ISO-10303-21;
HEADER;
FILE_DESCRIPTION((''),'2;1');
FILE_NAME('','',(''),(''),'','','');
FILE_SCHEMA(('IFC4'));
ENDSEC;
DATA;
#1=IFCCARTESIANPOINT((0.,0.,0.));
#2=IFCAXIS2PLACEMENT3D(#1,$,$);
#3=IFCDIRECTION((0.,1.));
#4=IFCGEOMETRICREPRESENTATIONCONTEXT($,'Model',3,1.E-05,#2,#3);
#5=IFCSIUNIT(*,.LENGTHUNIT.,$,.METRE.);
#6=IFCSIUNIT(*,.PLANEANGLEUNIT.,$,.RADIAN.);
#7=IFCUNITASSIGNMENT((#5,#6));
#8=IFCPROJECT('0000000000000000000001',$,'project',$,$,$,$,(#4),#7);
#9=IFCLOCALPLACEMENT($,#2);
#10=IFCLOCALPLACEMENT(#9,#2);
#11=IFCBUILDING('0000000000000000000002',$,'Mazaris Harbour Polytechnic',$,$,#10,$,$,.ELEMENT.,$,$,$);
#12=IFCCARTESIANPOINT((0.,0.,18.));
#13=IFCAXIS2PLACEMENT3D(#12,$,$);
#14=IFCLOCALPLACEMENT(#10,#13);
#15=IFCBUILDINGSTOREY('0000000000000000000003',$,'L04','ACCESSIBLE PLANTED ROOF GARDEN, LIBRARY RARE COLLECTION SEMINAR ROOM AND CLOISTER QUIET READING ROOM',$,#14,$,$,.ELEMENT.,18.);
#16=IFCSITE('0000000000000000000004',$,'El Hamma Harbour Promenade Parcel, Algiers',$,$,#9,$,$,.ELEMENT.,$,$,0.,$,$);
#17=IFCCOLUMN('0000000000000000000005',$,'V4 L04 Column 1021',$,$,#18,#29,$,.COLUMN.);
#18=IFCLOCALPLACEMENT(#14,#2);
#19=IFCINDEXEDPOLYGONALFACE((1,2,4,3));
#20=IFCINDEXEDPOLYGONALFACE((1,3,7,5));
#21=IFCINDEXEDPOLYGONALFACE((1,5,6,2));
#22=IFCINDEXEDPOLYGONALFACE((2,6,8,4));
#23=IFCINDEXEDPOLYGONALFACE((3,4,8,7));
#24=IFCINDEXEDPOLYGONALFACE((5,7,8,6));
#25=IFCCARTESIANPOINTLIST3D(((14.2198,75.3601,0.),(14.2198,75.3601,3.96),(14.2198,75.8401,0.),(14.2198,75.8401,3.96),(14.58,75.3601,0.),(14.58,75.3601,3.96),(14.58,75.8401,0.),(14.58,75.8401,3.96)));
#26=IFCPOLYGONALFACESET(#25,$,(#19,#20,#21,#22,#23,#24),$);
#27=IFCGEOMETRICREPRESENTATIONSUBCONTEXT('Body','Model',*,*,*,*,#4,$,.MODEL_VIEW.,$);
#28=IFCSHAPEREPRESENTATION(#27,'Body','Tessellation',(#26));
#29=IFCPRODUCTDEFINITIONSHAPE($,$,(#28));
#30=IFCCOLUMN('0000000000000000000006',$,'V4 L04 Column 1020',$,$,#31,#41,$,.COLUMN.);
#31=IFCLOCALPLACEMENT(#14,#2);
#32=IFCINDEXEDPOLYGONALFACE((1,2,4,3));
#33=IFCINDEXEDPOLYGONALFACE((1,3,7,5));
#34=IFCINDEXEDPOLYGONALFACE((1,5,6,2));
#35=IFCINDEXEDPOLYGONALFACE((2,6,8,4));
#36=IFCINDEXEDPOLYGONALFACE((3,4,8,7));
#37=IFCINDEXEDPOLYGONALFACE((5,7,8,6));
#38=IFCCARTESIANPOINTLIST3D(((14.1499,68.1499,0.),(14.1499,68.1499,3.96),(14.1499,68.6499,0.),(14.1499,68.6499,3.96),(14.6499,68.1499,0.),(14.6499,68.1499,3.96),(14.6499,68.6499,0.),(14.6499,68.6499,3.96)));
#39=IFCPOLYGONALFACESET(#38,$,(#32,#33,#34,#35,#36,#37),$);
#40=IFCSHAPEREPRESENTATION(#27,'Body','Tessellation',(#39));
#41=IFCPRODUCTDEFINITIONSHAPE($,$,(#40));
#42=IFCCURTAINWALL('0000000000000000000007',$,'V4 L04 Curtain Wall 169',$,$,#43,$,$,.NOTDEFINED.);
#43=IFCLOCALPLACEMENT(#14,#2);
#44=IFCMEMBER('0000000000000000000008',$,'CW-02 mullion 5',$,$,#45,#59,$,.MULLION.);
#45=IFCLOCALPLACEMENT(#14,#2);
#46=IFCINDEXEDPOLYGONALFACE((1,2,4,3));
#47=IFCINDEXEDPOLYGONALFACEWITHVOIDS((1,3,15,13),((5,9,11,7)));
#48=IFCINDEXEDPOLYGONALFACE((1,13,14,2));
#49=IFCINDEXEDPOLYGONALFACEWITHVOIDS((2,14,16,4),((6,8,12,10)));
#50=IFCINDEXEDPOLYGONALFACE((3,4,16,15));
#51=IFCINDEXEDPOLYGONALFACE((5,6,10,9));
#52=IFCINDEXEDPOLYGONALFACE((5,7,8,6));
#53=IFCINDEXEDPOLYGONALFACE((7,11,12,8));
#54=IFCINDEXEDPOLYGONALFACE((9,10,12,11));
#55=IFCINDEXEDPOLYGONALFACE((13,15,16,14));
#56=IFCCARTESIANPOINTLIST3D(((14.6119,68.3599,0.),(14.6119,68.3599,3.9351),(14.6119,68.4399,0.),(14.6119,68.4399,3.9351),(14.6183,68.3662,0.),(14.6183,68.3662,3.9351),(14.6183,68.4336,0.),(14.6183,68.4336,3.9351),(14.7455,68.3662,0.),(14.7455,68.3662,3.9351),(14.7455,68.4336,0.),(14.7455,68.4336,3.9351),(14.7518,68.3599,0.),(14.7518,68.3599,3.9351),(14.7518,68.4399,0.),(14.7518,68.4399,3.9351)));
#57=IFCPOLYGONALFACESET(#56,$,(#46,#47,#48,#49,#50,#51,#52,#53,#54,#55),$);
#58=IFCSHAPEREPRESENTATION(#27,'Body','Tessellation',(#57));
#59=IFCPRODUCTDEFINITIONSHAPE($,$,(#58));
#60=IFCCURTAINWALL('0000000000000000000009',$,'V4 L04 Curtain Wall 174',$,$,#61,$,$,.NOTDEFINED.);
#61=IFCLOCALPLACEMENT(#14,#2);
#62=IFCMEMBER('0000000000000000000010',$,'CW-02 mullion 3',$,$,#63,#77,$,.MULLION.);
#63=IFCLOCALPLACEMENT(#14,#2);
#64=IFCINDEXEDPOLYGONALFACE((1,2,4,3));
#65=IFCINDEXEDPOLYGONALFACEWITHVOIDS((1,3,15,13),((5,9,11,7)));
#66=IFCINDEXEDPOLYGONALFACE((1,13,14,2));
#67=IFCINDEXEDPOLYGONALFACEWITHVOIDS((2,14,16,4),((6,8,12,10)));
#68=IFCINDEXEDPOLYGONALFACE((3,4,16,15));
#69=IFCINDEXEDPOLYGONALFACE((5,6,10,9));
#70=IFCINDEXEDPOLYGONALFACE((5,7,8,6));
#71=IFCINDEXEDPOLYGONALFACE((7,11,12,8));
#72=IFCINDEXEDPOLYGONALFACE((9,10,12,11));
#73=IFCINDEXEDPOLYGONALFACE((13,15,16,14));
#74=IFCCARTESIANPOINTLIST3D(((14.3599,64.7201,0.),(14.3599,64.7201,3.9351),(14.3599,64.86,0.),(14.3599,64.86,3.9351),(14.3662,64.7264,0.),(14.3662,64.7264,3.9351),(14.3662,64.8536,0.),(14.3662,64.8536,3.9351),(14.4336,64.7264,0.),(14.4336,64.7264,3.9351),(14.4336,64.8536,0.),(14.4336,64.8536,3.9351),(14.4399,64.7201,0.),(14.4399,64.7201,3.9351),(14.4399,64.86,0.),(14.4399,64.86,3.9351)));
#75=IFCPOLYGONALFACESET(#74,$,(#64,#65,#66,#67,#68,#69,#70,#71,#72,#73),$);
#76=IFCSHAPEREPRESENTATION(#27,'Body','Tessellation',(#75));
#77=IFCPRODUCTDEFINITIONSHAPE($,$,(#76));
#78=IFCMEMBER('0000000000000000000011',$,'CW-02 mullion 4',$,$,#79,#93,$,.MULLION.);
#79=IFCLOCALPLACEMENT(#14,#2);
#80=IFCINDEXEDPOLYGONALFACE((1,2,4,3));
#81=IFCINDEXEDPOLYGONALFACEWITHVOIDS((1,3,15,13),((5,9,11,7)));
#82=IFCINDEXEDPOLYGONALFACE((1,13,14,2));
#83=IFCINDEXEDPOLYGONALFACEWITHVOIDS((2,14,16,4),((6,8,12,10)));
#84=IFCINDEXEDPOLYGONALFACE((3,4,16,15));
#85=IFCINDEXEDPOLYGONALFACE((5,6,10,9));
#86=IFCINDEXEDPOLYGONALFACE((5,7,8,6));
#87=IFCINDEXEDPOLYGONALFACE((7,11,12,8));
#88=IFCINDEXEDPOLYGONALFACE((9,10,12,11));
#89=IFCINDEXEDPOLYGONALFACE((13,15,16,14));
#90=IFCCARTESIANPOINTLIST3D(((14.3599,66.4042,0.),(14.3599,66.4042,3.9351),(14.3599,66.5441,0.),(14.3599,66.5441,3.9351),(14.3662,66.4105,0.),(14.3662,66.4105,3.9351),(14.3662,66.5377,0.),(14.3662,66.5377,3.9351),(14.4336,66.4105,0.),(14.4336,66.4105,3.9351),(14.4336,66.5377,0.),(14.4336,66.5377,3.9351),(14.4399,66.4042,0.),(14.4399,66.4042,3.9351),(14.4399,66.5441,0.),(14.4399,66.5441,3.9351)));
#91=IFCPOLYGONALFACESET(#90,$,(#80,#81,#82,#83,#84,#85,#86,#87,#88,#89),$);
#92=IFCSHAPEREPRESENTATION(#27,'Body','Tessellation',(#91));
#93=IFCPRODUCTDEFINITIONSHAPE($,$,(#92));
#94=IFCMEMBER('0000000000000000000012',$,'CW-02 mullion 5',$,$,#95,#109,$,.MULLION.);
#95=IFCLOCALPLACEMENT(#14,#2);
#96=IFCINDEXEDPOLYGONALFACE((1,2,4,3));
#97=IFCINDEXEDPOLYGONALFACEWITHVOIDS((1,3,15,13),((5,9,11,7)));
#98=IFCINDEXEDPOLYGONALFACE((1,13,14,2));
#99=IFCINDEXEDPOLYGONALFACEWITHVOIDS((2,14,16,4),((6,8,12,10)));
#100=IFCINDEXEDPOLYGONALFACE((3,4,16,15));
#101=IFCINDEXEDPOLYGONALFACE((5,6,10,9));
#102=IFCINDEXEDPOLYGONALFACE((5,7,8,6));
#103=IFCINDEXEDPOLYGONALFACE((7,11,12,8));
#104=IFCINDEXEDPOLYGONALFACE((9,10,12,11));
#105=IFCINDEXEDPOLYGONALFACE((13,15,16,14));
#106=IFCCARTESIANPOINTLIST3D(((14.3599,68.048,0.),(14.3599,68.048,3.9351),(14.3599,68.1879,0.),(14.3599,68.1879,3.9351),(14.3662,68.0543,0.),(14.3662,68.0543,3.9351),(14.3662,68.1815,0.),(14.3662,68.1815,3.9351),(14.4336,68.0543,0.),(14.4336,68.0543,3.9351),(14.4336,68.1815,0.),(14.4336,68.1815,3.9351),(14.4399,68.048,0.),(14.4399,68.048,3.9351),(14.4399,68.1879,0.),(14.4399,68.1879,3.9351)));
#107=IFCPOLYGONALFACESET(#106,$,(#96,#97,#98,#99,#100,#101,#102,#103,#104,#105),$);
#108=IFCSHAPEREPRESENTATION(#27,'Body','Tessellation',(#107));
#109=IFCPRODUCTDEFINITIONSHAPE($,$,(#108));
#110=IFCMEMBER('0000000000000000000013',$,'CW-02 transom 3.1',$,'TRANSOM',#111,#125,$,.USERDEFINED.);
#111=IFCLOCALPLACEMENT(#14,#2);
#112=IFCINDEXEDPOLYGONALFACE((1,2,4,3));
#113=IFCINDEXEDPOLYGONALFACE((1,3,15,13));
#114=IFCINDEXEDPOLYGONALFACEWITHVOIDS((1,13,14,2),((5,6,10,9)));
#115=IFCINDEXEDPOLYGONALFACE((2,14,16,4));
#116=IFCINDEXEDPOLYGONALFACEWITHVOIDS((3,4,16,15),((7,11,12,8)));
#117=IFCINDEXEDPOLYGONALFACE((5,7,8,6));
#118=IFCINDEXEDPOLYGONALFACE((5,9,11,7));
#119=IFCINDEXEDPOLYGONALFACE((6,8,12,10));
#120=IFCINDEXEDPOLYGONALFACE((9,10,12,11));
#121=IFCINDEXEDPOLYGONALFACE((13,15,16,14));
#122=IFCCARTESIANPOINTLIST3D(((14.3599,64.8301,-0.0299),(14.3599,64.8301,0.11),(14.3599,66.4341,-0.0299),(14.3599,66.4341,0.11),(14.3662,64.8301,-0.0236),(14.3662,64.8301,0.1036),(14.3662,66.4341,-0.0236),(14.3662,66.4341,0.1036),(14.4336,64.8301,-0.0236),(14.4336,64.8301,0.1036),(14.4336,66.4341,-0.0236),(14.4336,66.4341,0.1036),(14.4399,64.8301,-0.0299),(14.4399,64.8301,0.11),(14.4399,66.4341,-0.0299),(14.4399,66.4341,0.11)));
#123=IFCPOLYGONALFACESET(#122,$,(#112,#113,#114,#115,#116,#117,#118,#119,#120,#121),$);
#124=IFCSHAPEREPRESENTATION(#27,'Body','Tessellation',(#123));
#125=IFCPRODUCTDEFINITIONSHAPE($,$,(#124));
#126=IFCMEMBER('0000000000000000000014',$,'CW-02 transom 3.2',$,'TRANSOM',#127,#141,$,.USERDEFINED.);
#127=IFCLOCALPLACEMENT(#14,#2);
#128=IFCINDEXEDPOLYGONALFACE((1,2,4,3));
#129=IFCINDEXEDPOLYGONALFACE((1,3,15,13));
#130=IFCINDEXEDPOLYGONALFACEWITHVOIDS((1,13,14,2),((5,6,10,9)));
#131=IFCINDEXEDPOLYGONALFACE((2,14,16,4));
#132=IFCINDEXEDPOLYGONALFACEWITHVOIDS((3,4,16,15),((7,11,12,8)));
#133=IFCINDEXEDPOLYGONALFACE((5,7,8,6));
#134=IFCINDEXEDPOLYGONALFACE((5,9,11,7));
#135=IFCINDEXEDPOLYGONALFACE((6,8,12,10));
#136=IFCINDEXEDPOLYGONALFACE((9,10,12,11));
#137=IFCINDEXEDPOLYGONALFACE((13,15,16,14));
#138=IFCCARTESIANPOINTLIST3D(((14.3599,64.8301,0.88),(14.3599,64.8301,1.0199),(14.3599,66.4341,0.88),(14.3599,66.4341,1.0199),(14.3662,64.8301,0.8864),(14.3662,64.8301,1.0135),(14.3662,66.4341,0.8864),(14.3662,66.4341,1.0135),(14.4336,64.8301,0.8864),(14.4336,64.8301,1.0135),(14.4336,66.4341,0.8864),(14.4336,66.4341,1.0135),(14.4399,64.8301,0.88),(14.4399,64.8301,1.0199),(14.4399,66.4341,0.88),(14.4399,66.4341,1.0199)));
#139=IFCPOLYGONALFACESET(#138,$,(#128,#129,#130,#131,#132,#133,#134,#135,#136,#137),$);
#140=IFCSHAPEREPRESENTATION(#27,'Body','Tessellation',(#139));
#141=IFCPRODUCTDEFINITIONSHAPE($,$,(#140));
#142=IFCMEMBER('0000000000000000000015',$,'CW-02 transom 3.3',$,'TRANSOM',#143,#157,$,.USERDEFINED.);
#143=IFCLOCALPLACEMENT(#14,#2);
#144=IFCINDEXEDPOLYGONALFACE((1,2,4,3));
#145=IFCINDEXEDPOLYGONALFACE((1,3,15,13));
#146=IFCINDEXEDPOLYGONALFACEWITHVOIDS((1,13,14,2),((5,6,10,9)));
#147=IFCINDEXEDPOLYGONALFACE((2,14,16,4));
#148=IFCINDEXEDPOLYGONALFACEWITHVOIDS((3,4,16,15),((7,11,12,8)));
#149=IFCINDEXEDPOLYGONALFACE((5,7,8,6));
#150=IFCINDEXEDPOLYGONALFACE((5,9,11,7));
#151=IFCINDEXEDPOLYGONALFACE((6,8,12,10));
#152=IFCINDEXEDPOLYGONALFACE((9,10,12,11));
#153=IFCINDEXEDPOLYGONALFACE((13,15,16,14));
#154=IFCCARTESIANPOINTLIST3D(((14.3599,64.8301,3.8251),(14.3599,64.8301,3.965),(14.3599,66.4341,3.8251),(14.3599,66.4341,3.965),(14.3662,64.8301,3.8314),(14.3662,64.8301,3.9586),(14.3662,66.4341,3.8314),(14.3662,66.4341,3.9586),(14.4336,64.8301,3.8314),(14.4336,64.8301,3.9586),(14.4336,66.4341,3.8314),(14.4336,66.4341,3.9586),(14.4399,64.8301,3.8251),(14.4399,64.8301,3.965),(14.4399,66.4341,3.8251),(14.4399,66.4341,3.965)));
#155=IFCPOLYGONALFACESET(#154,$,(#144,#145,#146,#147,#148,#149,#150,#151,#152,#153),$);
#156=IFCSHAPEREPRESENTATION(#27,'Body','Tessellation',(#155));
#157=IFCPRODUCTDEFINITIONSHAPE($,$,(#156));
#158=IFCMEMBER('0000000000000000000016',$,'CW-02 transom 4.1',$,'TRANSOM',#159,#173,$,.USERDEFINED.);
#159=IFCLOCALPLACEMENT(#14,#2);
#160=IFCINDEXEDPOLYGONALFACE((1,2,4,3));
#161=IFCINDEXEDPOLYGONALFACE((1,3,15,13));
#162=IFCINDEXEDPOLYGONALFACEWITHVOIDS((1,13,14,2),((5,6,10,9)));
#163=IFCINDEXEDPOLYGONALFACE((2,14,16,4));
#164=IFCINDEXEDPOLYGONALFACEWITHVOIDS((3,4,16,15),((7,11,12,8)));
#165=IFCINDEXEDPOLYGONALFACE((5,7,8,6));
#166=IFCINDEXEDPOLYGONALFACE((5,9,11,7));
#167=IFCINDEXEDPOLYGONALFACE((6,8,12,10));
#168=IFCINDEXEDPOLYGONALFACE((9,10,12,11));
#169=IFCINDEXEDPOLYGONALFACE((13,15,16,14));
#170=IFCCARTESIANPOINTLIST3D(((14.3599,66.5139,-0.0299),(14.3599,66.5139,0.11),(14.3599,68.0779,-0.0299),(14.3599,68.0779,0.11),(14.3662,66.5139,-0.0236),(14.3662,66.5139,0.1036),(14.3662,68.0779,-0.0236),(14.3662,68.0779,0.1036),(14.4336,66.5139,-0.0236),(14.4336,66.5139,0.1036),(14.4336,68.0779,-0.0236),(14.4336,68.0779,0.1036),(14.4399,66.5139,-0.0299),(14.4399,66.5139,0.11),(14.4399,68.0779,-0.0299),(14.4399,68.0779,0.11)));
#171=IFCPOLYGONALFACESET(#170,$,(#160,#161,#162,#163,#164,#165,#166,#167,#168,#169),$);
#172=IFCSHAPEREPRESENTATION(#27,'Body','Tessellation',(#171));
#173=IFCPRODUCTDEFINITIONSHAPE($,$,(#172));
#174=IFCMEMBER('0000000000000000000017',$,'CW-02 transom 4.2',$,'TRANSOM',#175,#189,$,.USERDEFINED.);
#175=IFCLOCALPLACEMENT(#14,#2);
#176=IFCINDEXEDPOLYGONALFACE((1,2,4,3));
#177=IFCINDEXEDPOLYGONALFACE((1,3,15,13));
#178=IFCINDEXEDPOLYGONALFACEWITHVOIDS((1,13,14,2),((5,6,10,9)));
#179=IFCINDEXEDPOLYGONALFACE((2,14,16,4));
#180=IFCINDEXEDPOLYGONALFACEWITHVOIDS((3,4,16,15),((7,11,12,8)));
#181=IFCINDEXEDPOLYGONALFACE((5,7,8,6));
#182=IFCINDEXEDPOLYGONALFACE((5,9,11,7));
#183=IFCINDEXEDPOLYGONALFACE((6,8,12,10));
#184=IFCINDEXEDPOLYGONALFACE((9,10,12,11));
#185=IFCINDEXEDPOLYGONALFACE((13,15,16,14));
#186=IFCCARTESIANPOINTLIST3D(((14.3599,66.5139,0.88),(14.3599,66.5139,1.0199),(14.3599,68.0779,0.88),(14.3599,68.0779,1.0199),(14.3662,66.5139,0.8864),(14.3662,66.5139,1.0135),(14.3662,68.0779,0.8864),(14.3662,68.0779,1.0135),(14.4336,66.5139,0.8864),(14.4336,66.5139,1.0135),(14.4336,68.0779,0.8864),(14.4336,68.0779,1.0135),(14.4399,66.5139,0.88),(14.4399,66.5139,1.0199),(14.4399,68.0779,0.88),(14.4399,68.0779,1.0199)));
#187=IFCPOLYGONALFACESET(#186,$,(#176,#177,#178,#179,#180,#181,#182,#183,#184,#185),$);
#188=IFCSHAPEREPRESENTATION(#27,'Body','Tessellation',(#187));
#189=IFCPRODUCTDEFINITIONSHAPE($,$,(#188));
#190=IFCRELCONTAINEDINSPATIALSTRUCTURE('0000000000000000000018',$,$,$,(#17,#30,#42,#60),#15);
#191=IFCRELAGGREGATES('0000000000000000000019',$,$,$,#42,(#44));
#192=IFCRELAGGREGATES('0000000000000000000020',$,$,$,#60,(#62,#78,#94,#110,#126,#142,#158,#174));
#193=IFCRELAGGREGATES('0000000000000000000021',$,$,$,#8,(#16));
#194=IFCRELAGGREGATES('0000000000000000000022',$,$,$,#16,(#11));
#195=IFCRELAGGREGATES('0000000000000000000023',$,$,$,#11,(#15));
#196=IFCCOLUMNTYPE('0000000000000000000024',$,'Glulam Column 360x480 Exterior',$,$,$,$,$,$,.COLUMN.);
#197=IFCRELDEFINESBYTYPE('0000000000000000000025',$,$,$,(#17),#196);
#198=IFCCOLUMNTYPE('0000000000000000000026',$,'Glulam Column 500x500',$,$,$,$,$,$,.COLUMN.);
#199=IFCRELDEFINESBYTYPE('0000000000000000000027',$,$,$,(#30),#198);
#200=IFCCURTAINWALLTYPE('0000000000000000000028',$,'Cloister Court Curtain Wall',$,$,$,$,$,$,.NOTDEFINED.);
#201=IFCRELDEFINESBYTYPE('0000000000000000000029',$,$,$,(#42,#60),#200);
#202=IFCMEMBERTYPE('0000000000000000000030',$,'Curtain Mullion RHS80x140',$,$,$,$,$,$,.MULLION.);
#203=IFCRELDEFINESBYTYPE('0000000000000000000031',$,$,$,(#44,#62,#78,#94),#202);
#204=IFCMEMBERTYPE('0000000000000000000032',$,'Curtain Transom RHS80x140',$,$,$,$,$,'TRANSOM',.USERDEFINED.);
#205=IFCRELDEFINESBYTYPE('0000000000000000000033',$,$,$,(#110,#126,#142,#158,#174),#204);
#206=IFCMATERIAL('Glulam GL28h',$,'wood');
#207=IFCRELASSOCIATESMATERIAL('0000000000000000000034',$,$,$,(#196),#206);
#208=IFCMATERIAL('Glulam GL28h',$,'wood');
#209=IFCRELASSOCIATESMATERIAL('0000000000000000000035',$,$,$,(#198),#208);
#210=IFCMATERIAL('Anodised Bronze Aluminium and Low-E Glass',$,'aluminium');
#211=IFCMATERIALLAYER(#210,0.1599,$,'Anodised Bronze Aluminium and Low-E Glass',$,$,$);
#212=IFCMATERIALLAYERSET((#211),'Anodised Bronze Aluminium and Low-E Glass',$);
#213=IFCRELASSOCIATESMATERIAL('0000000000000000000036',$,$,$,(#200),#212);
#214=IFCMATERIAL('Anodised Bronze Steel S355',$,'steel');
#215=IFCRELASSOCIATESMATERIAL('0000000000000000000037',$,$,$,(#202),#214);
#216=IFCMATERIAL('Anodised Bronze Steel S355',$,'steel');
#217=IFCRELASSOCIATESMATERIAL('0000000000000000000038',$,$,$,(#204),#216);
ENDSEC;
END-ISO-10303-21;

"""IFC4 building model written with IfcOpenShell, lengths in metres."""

from ifc_helpers import new_model, si_unit, direction, frame, origin, origin_2d, place, context, subcontext, project, spatial, rectangle, hollow_rectangle, extrude, material, layer, layer_set, material_profile, profile_set, type_object, element, aggregate, save


model = new_model("IFC4")

# Units and contexts
model_context = context("Model", 3, precision=1e-05, world=origin(), true_north=direction((0.0, 1.0)))
body_context = subcontext(model_context, "Body", "Model", "MODEL_VIEW")
ifc_project = project(units=[si_unit("LENGTHUNIT", "METRE"), si_unit("PLANEANGLEUNIT", "RADIAN")], contexts=[model_context])

# Site, building, storey
site_placement = place(None, origin())
site = spatial("IfcSite", under=ifc_project, at=site_placement, Name="El Hamma Harbour Promenade Parcel, Algiers", CompositionType="ELEMENT", RefElevation=0.0)
building_placement = place(site_placement, origin())
building = spatial("IfcBuilding", under=site, at=building_placement, Name="Mazaris Harbour Polytechnic", CompositionType="ELEMENT")
storey_placement = place(building_placement, frame((0.0, 0.0, 18.0)))
storey = spatial("IfcBuildingStorey", under=building, at=storey_placement, Name="L04", Description="ACCESSIBLE PLANTED ROOF GARDEN, LIBRARY RARE COLLECTION SEMINAR ROOM AND CLOISTER QUIET READING ROOM", CompositionType="ELEMENT", Elevation=18.0)

# Columns
ifc_material_1 = material(Name="Glulam GL28h", Category="wood")
ifc_material_profile_1 = material_profile(ifc_material_1, rectangle(XDim=0.3601, YDim=0.48, at=origin_2d()), Name="RECT360x480")
ifc_profile_set_1 = profile_set([ifc_material_profile_1], Name="Glulam GL28h")
column_type_1 = type_object("IfcColumnType", Name="Glulam Column 360x480 Exterior", PredefinedType="COLUMN", material=ifc_profile_set_1)
column_1_placement = place(storey_placement, frame((14.3999, 75.6001, 0.0), z_axis=(0.0, 0.0, 1.0), x_axis=(1.0, 0.0, 0.0)))
element("IfcColumn", 1, at=column_1_placement, inside=storey, type_object=column_type_1, Name="V4 L04 Column 1021", PredefinedType="COLUMN", context=body_context, shape_type="SweptSolid", body=[
    extrude(rectangle(XDim=0.3601, YDim=0.48, at=origin_2d()), origin(), (0.0, 0.0, 1.0), 3.96),
])
ifc_material_2 = material(Name="Glulam GL28h", Category="wood")
ifc_material_profile_2 = material_profile(ifc_material_2, rectangle(XDim=0.5, YDim=0.5, at=origin_2d()), Name="RECT500x500")
ifc_profile_set_2 = profile_set([ifc_material_profile_2], Name="Glulam GL28h")
column_type_2 = type_object("IfcColumnType", Name="Glulam Column 500x500", PredefinedType="COLUMN", material=ifc_profile_set_2)
column_2_placement = place(storey_placement, frame((14.3999, 68.3999, 0.0), z_axis=(0.0, 0.0, 1.0), x_axis=(1.0, 0.0, 0.0)))
element("IfcColumn", 2, at=column_2_placement, inside=storey, type_object=column_type_2, Name="V4 L04 Column 1020", PredefinedType="COLUMN", context=body_context, shape_type="SweptSolid", body=[
    extrude(rectangle(XDim=0.5, YDim=0.5, at=origin_2d()), origin(), (0.0, 0.0, 1.0), 3.96),
])

# Curtain wall, member
ifc_material_3 = material(Name="Anodised Bronze Aluminium and Low-E Glass", Category="aluminium")
ifc_layer_1 = layer(ifc_material_3, 0.1599, Name="Anodised Bronze Aluminium and Low-E Glass")
ifc_layer_set_1 = layer_set([ifc_layer_1], Name="Anodised Bronze Aluminium and Low-E Glass")
curtain_wall_type = type_object("IfcCurtainWallType", Name="Cloister Court Curtain Wall", PredefinedType="NOTDEFINED", material=ifc_layer_set_1)
curtain_wall_1_placement = place(storey_placement, origin())
curtain_wall_1 = element("IfcCurtainWall", 3, at=curtain_wall_1_placement, inside=storey, type_object=curtain_wall_type, Name="V4 L04 Curtain Wall 169", PredefinedType="NOTDEFINED")
ifc_material_4 = material(Name="Anodised Bronze Steel S355", Category="steel")
ifc_material_profile_3 = material_profile(ifc_material_4, hollow_rectangle(XDim=0.0801, YDim=0.1399, WallThickness=0.0063, at=origin_2d()), Name="RHS 80x140x6.3")
ifc_profile_set_3 = profile_set([ifc_material_profile_3], Name="Anodised Bronze Steel S355")
member_type_1 = type_object("IfcMemberType", Name="Curtain Mullion RHS80x140", PredefinedType="MULLION", material=ifc_profile_set_3)
member_1_placement = place(storey_placement, frame((14.6819, 68.3999, 0.0), z_axis=(0.0, 0.0, 1.0), x_axis=(0.0, -1.0, 0.0)))
member_1 = element("IfcMember", 4, at=member_1_placement, type_object=member_type_1, Name="CW-02 mullion 5", PredefinedType="MULLION", context=body_context, shape_type="SweptSolid", body=[
    extrude(hollow_rectangle(XDim=0.0801, YDim=0.1399, WallThickness=0.0063, at=origin_2d()), origin(), (0.0, 0.0, 1.0), 3.9351),
])
aggregate(curtain_wall_1, [member_1])

# Curtain wall, members
curtain_wall_2_placement = place(storey_placement, origin())
curtain_wall_2 = element("IfcCurtainWall", 5, at=curtain_wall_2_placement, inside=storey, type_object=curtain_wall_type, Name="V4 L04 Curtain Wall 174", PredefinedType="NOTDEFINED")
member_2_placement = place(storey_placement, frame((14.3999, 64.79, 0.0), z_axis=(0.0, 0.0, 1.0), x_axis=(-1.0, 0.0, 0.0)))
member_2 = element("IfcMember", 6, at=member_2_placement, type_object=member_type_1, Name="CW-02 mullion 3", PredefinedType="MULLION", context=body_context, shape_type="SweptSolid", body=[
    extrude(hollow_rectangle(XDim=0.0801, YDim=0.1399, WallThickness=0.0063, at=origin_2d()), origin(), (0.0, 0.0, 1.0), 3.9351),
])
member_3_placement = place(storey_placement, frame((14.3999, 66.4741, 0.0), z_axis=(0.0, 0.0, 1.0), x_axis=(-1.0, 0.0, 0.0)))
member_3 = element("IfcMember", 7, at=member_3_placement, type_object=member_type_1, Name="CW-02 mullion 4", PredefinedType="MULLION", context=body_context, shape_type="SweptSolid", body=[
    extrude(hollow_rectangle(XDim=0.0801, YDim=0.1399, WallThickness=0.0063, at=origin_2d()), origin(), (0.0, 0.0, 1.0), 3.9351),
])
member_4_placement = place(storey_placement, frame((14.3999, 68.1179, 0.0), z_axis=(0.0, 0.0, 1.0), x_axis=(-1.0, 0.0, 0.0)))
member_4 = element("IfcMember", 8, at=member_4_placement, type_object=member_type_1, Name="CW-02 mullion 5", PredefinedType="MULLION", context=body_context, shape_type="SweptSolid", body=[
    extrude(hollow_rectangle(XDim=0.0801, YDim=0.1399, WallThickness=0.0063, at=origin_2d()), origin(), (0.0, 0.0, 1.0), 3.9351),
])
ifc_material_5 = material(Name="Anodised Bronze Steel S355", Category="steel")
ifc_material_profile_4 = material_profile(ifc_material_5, hollow_rectangle(XDim=0.0801, YDim=0.1399, WallThickness=0.0063, at=origin_2d()), Name="RHS 80x140x6.3")
ifc_profile_set_4 = profile_set([ifc_material_profile_4], Name="Anodised Bronze Steel S355")
member_type_2 = type_object("IfcMemberType", Name="Curtain Transom RHS80x140", ElementType="TRANSOM", PredefinedType="USERDEFINED", material=ifc_profile_set_4)
member_5_placement = place(storey_placement, frame((14.3999, 64.8301, 0.04), z_axis=(0.0, 1.0, 0.0), x_axis=(-1.0, 0.0, 0.0)))
member_5 = element("IfcMember", 9, at=member_5_placement, type_object=member_type_2, Name="CW-02 transom 3.1", ObjectType="TRANSOM", PredefinedType="USERDEFINED", context=body_context, shape_type="SweptSolid", body=[
    extrude(hollow_rectangle(XDim=0.0801, YDim=0.1399, WallThickness=0.0063, at=origin_2d()), origin(), (0.0, 0.0, 1.0), 1.604),
])
member_6_placement = place(storey_placement, frame((14.3999, 64.8301, 0.95), z_axis=(0.0, 1.0, 0.0), x_axis=(-1.0, 0.0, 0.0)))
member_6 = element("IfcMember", 10, at=member_6_placement, type_object=member_type_2, Name="CW-02 transom 3.2", ObjectType="TRANSOM", PredefinedType="USERDEFINED", context=body_context, shape_type="SweptSolid", body=[
    extrude(hollow_rectangle(XDim=0.0801, YDim=0.1399, WallThickness=0.0063, at=origin_2d()), origin(), (0.0, 0.0, 1.0), 1.604),
])
member_7_placement = place(storey_placement, frame((14.3999, 64.8301, 3.895), z_axis=(0.0, 1.0, 0.0), x_axis=(-1.0, 0.0, 0.0)))
member_7 = element("IfcMember", 11, at=member_7_placement, type_object=member_type_2, Name="CW-02 transom 3.3", ObjectType="TRANSOM", PredefinedType="USERDEFINED", context=body_context, shape_type="SweptSolid", body=[
    extrude(hollow_rectangle(XDim=0.0801, YDim=0.1399, WallThickness=0.0063, at=origin_2d()), origin(), (0.0, 0.0, 1.0), 1.604),
])
member_8_placement = place(storey_placement, frame((14.3999, 66.5139, 0.04), z_axis=(0.0, 1.0, 0.0), x_axis=(-1.0, 0.0, 0.0)))
member_8 = element("IfcMember", 12, at=member_8_placement, type_object=member_type_2, Name="CW-02 transom 4.1", ObjectType="TRANSOM", PredefinedType="USERDEFINED", context=body_context, shape_type="SweptSolid", body=[
    extrude(hollow_rectangle(XDim=0.0801, YDim=0.1399, WallThickness=0.0063, at=origin_2d()), origin(), (0.0, 0.0, 1.0), 1.564),
])
member_9_placement = place(storey_placement, frame((14.3999, 66.5139, 0.95), z_axis=(0.0, 1.0, 0.0), x_axis=(-1.0, 0.0, 0.0)))
member_9 = element("IfcMember", 13, at=member_9_placement, type_object=member_type_2, Name="CW-02 transom 4.2", ObjectType="TRANSOM", PredefinedType="USERDEFINED", context=body_context, shape_type="SweptSolid", body=[
    extrude(hollow_rectangle(XDim=0.0801, YDim=0.1399, WallThickness=0.0063, at=origin_2d()), origin(), (0.0, 0.0, 1.0), 1.564),
])
aggregate(curtain_wall_2, [member_2, member_3, member_4, member_5, member_6, member_7, member_8, member_9])

save(model, "model.ifc")
